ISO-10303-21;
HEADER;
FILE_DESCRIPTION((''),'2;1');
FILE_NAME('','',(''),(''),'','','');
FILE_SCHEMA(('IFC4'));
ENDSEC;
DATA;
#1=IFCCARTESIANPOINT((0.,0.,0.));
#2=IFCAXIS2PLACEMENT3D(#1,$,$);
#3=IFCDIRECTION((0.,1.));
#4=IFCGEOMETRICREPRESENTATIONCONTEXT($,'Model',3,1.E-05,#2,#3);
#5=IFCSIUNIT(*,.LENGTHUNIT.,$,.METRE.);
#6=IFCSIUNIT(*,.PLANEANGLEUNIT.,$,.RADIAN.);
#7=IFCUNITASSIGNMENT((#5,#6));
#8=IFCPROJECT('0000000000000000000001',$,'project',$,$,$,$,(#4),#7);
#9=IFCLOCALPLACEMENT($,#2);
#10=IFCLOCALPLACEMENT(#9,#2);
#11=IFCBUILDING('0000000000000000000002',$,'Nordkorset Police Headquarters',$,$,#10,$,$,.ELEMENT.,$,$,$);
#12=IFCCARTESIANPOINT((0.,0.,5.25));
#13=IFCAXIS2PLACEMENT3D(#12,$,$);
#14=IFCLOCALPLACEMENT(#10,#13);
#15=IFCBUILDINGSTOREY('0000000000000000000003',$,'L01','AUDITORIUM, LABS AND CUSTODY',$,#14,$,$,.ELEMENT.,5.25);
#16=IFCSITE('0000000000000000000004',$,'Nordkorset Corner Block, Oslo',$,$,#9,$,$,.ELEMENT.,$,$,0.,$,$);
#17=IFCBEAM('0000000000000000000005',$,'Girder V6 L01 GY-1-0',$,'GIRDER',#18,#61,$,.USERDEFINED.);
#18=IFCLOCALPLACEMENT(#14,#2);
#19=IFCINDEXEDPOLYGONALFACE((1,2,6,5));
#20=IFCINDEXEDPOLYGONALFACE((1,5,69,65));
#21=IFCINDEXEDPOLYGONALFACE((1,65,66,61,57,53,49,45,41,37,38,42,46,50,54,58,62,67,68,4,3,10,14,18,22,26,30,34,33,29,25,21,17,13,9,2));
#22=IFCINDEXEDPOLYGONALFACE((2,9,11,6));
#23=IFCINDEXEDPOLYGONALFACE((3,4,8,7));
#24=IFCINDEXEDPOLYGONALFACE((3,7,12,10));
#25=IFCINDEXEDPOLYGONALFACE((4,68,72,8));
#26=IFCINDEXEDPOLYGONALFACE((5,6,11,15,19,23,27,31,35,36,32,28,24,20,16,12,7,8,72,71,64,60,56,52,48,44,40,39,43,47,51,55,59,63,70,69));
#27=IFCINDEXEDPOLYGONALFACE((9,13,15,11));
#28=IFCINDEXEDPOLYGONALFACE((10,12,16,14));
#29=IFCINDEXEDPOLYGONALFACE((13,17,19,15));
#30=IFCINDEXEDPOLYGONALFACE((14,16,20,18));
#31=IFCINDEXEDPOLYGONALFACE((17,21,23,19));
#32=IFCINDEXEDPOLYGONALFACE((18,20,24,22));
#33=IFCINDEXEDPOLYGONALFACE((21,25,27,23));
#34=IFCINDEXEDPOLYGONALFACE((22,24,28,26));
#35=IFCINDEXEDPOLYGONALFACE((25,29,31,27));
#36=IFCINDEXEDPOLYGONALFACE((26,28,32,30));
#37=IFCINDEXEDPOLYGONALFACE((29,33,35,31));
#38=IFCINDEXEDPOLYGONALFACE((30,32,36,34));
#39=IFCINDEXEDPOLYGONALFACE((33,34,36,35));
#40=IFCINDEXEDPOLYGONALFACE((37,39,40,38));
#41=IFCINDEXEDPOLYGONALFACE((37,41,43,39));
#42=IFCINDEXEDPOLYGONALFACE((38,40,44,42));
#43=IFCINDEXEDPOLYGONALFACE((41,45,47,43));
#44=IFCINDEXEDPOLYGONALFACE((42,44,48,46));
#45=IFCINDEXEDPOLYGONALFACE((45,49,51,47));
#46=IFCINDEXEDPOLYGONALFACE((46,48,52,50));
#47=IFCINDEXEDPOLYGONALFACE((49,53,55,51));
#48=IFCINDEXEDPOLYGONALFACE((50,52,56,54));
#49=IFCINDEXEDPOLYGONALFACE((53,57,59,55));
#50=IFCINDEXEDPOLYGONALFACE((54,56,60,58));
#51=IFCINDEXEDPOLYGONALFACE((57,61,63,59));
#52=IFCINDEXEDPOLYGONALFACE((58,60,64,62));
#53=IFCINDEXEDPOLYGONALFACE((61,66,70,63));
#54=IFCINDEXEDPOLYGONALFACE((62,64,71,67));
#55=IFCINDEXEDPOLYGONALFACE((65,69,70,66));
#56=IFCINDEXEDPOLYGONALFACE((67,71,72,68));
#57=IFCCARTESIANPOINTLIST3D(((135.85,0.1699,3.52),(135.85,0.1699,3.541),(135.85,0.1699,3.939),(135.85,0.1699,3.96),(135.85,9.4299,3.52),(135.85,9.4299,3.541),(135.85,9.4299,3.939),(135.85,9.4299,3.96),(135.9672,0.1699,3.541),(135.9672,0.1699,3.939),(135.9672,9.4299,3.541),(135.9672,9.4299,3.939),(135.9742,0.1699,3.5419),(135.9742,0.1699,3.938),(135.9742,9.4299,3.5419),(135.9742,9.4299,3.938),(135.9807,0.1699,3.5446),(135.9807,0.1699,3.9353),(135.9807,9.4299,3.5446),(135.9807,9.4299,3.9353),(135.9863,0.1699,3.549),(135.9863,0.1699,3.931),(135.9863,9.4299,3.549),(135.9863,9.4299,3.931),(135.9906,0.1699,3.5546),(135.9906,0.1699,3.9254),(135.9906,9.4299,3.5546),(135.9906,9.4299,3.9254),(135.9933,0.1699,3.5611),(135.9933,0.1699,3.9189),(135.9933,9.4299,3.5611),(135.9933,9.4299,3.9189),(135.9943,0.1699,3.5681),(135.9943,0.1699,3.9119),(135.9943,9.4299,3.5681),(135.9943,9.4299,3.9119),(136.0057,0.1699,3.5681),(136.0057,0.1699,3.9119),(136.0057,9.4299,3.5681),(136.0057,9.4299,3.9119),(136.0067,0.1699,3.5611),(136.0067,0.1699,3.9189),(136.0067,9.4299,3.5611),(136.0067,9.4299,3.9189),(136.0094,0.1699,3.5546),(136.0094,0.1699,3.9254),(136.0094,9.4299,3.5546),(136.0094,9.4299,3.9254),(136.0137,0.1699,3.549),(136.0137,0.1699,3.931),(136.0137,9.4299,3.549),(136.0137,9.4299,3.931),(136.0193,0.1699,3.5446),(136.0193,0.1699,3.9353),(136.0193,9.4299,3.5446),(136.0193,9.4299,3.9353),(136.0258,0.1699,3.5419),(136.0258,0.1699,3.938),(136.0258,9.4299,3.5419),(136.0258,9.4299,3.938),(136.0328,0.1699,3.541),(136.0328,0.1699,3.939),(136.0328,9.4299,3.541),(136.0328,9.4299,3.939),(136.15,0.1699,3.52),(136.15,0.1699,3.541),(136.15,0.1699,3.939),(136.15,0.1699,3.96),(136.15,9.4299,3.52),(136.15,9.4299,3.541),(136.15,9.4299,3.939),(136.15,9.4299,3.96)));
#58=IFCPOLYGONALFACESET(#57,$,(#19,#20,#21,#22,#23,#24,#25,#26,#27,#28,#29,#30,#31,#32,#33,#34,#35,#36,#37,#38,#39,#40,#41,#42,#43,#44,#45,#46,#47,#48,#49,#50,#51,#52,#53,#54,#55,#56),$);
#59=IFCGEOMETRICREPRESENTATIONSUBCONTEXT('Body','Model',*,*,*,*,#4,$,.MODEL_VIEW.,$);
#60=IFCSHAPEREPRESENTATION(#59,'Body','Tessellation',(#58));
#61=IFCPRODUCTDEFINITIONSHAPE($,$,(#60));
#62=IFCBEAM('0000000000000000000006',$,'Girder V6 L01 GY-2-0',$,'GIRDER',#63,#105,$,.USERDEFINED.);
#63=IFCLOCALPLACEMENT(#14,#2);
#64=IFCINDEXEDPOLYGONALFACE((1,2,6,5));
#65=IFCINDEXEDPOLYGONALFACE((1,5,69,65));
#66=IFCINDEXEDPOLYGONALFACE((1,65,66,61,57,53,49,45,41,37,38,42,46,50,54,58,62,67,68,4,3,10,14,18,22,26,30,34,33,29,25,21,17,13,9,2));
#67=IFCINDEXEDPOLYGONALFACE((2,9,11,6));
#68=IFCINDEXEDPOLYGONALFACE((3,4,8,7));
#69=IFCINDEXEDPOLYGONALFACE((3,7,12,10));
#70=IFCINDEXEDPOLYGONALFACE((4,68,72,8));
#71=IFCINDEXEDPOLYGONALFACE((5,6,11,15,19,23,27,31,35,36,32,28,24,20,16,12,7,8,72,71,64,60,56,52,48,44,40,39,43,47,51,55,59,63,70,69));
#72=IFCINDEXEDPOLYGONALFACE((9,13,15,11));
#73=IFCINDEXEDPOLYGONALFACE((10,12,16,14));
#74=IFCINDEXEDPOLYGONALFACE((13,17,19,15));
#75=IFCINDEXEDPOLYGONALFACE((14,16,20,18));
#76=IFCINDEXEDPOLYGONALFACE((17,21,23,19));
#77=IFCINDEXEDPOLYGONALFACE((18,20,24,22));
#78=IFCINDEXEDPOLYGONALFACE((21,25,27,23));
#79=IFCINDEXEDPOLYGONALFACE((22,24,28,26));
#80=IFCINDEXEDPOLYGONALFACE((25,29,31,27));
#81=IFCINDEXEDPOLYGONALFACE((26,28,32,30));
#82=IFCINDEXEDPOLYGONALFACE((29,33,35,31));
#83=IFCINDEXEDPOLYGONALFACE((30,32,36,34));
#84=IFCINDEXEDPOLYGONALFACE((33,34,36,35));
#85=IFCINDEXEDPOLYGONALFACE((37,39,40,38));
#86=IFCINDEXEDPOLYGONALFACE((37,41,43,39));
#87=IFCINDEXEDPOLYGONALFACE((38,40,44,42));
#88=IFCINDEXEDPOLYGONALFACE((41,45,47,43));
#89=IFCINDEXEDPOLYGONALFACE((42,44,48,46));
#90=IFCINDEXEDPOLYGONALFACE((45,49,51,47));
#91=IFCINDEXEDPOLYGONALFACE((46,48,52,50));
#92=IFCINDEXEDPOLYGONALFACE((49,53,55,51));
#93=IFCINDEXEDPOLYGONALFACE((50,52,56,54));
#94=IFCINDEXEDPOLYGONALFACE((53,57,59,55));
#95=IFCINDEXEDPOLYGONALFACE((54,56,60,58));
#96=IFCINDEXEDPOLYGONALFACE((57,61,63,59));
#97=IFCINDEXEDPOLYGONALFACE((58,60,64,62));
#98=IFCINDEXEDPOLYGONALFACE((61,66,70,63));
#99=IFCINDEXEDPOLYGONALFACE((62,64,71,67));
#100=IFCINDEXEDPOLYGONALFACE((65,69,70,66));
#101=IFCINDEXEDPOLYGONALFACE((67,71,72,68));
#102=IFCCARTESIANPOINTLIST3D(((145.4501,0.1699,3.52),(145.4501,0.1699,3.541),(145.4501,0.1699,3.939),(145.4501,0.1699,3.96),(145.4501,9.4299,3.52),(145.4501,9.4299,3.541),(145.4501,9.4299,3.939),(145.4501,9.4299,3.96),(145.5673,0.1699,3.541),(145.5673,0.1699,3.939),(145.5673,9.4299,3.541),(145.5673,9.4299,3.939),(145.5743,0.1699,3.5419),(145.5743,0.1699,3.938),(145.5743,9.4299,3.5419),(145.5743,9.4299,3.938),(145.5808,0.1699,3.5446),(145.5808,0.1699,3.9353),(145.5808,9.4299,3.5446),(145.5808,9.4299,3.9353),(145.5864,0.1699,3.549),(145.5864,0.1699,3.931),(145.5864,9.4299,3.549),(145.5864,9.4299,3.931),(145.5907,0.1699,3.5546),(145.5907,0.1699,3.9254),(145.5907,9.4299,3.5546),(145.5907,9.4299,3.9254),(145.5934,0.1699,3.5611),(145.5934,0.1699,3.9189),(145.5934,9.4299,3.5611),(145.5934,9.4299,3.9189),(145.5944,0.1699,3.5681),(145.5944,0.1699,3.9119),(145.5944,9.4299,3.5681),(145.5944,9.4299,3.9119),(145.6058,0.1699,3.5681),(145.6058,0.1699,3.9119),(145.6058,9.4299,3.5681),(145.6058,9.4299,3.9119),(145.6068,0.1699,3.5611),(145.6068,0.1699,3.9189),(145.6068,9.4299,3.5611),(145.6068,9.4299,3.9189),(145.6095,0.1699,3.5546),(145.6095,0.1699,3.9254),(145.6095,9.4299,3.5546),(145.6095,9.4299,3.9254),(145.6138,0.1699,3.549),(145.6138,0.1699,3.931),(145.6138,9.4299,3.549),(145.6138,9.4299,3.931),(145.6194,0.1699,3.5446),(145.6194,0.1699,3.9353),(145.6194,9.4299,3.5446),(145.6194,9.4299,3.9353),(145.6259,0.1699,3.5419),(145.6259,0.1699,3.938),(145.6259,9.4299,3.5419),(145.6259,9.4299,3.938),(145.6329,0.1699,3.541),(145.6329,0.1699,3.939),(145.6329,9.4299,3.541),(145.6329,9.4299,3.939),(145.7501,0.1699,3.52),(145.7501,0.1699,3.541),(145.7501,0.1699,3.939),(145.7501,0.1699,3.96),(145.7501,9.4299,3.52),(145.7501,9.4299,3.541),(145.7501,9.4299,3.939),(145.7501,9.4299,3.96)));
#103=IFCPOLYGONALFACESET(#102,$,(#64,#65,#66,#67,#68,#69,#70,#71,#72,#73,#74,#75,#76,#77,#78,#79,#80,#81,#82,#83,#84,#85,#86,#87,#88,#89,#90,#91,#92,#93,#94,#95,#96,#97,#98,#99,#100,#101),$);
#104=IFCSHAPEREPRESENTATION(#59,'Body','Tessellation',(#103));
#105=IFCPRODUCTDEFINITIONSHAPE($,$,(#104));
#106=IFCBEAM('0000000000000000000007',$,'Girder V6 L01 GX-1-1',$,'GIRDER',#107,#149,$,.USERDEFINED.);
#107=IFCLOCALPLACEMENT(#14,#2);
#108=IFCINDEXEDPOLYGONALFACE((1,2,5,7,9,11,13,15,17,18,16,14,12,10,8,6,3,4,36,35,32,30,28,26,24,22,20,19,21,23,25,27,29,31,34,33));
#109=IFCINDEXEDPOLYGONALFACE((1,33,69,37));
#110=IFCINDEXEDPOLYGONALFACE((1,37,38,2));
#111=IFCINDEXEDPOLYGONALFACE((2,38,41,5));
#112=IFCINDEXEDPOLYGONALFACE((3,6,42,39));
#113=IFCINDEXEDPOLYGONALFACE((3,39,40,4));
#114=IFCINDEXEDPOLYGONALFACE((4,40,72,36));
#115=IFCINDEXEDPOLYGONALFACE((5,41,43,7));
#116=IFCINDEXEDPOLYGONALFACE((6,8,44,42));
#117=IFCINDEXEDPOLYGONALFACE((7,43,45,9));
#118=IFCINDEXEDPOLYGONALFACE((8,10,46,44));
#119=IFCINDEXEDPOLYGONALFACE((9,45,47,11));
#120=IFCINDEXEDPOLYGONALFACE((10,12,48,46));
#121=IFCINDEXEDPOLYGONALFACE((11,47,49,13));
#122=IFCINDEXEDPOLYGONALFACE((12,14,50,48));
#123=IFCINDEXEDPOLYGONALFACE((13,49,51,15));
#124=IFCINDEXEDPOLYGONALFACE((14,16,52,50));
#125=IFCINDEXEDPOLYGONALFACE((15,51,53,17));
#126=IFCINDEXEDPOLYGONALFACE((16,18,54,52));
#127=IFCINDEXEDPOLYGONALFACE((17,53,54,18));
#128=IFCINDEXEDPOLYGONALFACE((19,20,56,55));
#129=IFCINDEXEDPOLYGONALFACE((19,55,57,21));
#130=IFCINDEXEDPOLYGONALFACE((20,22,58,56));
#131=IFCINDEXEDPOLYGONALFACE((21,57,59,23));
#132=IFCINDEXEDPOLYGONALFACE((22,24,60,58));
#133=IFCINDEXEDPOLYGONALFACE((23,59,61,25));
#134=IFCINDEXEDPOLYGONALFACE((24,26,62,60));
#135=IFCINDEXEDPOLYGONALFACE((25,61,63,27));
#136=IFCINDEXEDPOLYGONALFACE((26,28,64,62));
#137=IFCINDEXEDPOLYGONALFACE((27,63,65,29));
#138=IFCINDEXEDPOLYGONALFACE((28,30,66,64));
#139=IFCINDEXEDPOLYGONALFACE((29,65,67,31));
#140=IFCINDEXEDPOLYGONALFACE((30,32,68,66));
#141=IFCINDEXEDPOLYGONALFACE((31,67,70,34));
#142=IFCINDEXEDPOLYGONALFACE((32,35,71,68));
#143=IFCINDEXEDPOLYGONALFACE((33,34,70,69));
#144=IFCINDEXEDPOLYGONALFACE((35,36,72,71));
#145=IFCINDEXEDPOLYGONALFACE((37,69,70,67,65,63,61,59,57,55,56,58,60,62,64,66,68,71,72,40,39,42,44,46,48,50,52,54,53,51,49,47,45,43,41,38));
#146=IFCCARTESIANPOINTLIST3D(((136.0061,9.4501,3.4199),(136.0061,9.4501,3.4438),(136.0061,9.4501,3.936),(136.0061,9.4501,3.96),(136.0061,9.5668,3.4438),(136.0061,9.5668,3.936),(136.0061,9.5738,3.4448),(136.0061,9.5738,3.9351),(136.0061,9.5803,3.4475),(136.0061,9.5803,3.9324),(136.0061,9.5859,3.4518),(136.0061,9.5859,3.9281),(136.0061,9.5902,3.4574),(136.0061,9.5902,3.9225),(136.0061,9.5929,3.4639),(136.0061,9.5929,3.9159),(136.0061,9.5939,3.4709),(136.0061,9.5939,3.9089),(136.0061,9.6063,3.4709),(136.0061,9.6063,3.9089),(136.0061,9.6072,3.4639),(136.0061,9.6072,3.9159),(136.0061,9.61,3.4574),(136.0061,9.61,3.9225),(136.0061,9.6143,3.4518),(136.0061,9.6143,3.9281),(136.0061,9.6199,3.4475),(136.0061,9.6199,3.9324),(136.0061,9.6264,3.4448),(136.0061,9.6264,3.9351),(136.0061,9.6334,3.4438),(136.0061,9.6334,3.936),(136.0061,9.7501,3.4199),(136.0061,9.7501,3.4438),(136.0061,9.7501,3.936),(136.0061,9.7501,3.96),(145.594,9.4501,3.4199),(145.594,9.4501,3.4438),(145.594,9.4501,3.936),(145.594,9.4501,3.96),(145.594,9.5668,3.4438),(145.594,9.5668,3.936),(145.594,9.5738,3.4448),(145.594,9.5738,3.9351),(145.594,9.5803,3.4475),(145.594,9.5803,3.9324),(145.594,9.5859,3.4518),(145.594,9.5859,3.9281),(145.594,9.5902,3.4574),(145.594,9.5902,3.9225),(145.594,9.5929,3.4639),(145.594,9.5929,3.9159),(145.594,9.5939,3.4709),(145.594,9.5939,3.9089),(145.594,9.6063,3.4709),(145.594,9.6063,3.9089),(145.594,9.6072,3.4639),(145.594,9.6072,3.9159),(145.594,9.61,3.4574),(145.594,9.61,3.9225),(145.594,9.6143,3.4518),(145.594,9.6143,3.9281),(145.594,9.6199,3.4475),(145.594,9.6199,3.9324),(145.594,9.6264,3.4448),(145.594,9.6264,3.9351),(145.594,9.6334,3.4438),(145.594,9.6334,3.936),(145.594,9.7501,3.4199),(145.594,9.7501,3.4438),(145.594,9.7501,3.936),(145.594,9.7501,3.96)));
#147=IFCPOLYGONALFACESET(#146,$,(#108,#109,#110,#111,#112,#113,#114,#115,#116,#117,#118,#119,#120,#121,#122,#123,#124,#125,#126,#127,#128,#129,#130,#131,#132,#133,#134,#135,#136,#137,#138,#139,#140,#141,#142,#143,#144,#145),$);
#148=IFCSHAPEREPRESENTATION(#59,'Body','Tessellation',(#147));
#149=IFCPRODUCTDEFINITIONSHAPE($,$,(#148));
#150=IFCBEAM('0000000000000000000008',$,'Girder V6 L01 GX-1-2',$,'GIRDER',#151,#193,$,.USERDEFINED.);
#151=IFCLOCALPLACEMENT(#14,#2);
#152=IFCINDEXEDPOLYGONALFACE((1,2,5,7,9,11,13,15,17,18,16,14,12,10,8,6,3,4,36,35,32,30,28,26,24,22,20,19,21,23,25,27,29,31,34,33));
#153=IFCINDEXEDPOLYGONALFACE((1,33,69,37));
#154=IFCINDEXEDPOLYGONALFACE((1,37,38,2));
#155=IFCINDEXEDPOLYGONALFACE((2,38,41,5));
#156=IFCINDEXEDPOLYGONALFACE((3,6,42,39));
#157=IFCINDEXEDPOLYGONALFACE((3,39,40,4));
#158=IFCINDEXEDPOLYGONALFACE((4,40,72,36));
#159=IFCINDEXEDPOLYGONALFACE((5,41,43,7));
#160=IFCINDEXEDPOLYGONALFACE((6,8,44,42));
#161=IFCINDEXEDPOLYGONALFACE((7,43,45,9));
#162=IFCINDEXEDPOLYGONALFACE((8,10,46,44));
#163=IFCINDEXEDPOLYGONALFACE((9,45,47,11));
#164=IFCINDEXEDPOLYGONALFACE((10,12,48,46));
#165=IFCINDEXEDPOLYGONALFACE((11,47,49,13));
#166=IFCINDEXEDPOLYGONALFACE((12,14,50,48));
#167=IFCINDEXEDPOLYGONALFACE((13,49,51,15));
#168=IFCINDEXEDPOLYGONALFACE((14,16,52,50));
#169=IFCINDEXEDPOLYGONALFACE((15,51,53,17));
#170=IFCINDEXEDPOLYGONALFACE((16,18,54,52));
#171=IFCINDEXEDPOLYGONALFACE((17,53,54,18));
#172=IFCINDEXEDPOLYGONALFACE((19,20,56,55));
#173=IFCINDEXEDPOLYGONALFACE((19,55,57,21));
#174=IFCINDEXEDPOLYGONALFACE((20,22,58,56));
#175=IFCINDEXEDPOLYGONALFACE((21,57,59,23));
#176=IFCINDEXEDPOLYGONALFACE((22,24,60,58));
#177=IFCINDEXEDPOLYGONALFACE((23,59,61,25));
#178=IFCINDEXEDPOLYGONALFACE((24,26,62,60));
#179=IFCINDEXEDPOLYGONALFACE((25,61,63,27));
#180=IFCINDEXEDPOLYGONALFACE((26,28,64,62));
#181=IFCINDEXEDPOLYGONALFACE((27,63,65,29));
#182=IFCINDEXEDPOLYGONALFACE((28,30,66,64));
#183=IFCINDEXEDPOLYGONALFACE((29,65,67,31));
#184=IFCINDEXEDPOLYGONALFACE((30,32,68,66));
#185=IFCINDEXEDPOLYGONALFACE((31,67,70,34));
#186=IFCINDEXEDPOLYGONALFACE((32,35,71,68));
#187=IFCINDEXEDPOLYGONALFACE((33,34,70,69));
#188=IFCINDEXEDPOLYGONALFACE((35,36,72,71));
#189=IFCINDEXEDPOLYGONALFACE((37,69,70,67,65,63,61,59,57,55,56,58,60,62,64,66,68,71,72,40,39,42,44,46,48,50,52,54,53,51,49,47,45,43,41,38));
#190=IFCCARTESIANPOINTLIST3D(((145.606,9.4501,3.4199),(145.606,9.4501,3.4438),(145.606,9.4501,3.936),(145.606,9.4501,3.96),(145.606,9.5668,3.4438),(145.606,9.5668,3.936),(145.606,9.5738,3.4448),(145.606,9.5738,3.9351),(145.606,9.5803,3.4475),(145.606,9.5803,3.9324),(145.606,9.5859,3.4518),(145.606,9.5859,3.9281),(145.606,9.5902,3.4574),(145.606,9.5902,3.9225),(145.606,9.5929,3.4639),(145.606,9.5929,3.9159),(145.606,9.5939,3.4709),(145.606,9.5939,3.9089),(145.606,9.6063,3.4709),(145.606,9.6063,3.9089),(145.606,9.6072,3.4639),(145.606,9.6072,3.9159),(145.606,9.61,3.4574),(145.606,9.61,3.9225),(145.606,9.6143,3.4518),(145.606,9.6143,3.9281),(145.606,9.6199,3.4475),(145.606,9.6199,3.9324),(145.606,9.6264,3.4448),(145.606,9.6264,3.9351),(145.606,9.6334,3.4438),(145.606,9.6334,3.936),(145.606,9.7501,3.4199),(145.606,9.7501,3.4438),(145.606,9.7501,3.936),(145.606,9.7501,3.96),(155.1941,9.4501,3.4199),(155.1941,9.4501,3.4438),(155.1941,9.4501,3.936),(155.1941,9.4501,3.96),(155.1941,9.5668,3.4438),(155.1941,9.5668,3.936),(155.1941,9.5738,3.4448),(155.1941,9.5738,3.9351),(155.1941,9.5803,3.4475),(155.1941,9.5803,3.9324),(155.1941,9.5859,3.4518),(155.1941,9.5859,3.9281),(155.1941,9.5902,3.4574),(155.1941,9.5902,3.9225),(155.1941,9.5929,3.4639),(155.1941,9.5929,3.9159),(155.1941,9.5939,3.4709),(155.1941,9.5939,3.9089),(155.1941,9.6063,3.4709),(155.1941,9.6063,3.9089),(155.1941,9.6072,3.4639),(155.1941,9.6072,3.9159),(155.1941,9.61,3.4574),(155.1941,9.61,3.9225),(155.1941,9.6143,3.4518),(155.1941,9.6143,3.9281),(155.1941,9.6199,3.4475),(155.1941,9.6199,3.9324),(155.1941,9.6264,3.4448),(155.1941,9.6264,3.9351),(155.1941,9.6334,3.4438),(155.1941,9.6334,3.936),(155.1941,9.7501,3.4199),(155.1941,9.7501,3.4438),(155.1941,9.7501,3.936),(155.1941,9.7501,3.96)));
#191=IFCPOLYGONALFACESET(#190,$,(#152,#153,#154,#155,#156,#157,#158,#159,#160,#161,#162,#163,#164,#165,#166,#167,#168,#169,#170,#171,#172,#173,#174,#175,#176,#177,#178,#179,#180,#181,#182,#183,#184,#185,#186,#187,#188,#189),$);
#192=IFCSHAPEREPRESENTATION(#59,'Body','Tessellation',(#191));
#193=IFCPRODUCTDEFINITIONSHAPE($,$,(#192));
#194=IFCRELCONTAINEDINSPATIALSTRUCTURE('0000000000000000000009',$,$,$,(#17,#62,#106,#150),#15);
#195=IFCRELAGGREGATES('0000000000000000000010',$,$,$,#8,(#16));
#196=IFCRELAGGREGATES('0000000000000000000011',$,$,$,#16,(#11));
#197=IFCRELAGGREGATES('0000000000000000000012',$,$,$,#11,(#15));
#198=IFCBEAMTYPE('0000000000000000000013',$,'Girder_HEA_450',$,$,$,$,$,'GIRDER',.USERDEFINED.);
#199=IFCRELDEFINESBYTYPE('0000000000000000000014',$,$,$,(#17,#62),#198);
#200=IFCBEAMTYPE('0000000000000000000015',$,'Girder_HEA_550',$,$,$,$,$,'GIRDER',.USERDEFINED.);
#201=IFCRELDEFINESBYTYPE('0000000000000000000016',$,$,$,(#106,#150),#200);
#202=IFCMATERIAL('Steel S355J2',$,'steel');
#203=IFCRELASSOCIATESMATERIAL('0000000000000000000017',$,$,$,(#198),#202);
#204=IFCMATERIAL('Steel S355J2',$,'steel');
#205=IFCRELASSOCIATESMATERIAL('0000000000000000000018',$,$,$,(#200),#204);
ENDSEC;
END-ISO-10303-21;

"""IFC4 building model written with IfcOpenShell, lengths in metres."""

from ifc_helpers import new_model, si_unit, direction, frame, origin, origin_2d, place, context, subcontext, project, spatial, i_section, extrude, material, material_profile, profile_set, type_object, element, save


model = new_model("IFC4")

# Units and contexts
model_context = context("Model", 3, precision=1e-05, world=origin(), true_north=direction((0.0, 1.0)))
body_context = subcontext(model_context, "Body", "Model", "MODEL_VIEW")
ifc_project = project(units=[si_unit("LENGTHUNIT", "METRE"), si_unit("PLANEANGLEUNIT", "RADIAN")], contexts=[model_context])

# Site, building, storey
site_placement = place(None, origin())
site = spatial("IfcSite", under=ifc_project, at=site_placement, Name="Nordkorset Corner Block, Oslo", CompositionType="ELEMENT", RefElevation=0.0)
building_placement = place(site_placement, origin())
building = spatial("IfcBuilding", under=site, at=building_placement, Name="Nordkorset Police Headquarters", CompositionType="ELEMENT")
storey_placement = place(building_placement, frame((0.0, 0.0, 5.25)))
storey = spatial("IfcBuildingStorey", under=building, at=storey_placement, Name="L01", Description="AUDITORIUM, LABS AND CUSTODY", CompositionType="ELEMENT", Elevation=5.25)

# Beams
ifc_material_1 = material(Name="Steel S355J2", Category="steel")
ifc_material_profile_1 = material_profile(ifc_material_1, i_section(OverallWidth=0.3, OverallDepth=0.4399, WebThickness=0.0115, FlangeThickness=0.021, FilletRadius=0.0271, at=origin_2d()), Name="HEA 450")
ifc_profile_set_1 = profile_set([ifc_material_profile_1], Name="Steel S355J2")
beam_type_1 = type_object("IfcBeamType", Name="Girder_HEA_450", ElementType="GIRDER", PredefinedType="USERDEFINED", material=ifc_profile_set_1)
for number, where, z_axis, x_axis, name in (
    (1, (136.0, 0.1699, 3.74), (0.0, 1.0, 0.0), (-1.0, 0.0, 0.0), "Girder V6 L01 GY-1-0"),
    (2, (145.6001, 0.1699, 3.74), (0.0, 1.0, 0.0), (-1.0, 0.0, 0.0), "Girder V6 L01 GY-2-0"),
):
    element("IfcBeam", number, at=place(storey_placement, frame(where, z_axis=z_axis, x_axis=x_axis)), inside=storey, type_object=beam_type_1, Name=name, ObjectType="GIRDER", PredefinedType="USERDEFINED", context=body_context, shape_type="SweptSolid", body=[
        extrude(i_section(OverallWidth=0.3, OverallDepth=0.4399, WebThickness=0.0115, FlangeThickness=0.021, FilletRadius=0.0271, at=origin_2d()), origin(), (0.0, 0.0, 1.0), 9.26),
    ])
ifc_material_2 = material(Name="Steel S355J2", Category="steel")
ifc_material_profile_2 = material_profile(ifc_material_2, i_section(OverallWidth=0.3, OverallDepth=0.54, WebThickness=0.0125, FlangeThickness=0.0239, FilletRadius=0.0271, at=origin_2d()), Name="HEA 550")
ifc_profile_set_2 = profile_set([ifc_material_profile_2], Name="Steel S355J2")
beam_type_2 = type_object("IfcBeamType", Name="Girder_HEA_550", ElementType="GIRDER", PredefinedType="USERDEFINED", material=ifc_profile_set_2)
beam_1_placement = place(storey_placement, frame((136.0061, 9.6001, 3.6899), z_axis=(1.0, 0.0, 0.0), x_axis=(0.0, 1.0, 0.0)))
element("IfcBeam", 3, at=beam_1_placement, inside=storey, type_object=beam_type_2, Name="Girder V6 L01 GX-1-1", ObjectType="GIRDER", PredefinedType="USERDEFINED", context=body_context, shape_type="SweptSolid", body=[
    extrude(i_section(OverallWidth=0.3, OverallDepth=0.54, WebThickness=0.0125, FlangeThickness=0.0239, FilletRadius=0.0271, at=origin_2d()), origin(), (0.0, 0.0, 1.0), 9.5879),
])
beam_2_placement = place(storey_placement, frame((145.606, 9.6001, 3.6899), z_axis=(1.0, 0.0, 0.0), x_axis=(0.0, 1.0, 0.0)))
element("IfcBeam", 4, at=beam_2_placement, inside=storey, type_object=beam_type_2, Name="Girder V6 L01 GX-1-2", ObjectType="GIRDER", PredefinedType="USERDEFINED", context=body_context, shape_type="SweptSolid", body=[
    extrude(i_section(OverallWidth=0.3, OverallDepth=0.54, WebThickness=0.0125, FlangeThickness=0.0239, FilletRadius=0.0271, at=origin_2d()), origin(), (0.0, 0.0, 1.0), 9.5881),
])

save(model, "model.ifc")
